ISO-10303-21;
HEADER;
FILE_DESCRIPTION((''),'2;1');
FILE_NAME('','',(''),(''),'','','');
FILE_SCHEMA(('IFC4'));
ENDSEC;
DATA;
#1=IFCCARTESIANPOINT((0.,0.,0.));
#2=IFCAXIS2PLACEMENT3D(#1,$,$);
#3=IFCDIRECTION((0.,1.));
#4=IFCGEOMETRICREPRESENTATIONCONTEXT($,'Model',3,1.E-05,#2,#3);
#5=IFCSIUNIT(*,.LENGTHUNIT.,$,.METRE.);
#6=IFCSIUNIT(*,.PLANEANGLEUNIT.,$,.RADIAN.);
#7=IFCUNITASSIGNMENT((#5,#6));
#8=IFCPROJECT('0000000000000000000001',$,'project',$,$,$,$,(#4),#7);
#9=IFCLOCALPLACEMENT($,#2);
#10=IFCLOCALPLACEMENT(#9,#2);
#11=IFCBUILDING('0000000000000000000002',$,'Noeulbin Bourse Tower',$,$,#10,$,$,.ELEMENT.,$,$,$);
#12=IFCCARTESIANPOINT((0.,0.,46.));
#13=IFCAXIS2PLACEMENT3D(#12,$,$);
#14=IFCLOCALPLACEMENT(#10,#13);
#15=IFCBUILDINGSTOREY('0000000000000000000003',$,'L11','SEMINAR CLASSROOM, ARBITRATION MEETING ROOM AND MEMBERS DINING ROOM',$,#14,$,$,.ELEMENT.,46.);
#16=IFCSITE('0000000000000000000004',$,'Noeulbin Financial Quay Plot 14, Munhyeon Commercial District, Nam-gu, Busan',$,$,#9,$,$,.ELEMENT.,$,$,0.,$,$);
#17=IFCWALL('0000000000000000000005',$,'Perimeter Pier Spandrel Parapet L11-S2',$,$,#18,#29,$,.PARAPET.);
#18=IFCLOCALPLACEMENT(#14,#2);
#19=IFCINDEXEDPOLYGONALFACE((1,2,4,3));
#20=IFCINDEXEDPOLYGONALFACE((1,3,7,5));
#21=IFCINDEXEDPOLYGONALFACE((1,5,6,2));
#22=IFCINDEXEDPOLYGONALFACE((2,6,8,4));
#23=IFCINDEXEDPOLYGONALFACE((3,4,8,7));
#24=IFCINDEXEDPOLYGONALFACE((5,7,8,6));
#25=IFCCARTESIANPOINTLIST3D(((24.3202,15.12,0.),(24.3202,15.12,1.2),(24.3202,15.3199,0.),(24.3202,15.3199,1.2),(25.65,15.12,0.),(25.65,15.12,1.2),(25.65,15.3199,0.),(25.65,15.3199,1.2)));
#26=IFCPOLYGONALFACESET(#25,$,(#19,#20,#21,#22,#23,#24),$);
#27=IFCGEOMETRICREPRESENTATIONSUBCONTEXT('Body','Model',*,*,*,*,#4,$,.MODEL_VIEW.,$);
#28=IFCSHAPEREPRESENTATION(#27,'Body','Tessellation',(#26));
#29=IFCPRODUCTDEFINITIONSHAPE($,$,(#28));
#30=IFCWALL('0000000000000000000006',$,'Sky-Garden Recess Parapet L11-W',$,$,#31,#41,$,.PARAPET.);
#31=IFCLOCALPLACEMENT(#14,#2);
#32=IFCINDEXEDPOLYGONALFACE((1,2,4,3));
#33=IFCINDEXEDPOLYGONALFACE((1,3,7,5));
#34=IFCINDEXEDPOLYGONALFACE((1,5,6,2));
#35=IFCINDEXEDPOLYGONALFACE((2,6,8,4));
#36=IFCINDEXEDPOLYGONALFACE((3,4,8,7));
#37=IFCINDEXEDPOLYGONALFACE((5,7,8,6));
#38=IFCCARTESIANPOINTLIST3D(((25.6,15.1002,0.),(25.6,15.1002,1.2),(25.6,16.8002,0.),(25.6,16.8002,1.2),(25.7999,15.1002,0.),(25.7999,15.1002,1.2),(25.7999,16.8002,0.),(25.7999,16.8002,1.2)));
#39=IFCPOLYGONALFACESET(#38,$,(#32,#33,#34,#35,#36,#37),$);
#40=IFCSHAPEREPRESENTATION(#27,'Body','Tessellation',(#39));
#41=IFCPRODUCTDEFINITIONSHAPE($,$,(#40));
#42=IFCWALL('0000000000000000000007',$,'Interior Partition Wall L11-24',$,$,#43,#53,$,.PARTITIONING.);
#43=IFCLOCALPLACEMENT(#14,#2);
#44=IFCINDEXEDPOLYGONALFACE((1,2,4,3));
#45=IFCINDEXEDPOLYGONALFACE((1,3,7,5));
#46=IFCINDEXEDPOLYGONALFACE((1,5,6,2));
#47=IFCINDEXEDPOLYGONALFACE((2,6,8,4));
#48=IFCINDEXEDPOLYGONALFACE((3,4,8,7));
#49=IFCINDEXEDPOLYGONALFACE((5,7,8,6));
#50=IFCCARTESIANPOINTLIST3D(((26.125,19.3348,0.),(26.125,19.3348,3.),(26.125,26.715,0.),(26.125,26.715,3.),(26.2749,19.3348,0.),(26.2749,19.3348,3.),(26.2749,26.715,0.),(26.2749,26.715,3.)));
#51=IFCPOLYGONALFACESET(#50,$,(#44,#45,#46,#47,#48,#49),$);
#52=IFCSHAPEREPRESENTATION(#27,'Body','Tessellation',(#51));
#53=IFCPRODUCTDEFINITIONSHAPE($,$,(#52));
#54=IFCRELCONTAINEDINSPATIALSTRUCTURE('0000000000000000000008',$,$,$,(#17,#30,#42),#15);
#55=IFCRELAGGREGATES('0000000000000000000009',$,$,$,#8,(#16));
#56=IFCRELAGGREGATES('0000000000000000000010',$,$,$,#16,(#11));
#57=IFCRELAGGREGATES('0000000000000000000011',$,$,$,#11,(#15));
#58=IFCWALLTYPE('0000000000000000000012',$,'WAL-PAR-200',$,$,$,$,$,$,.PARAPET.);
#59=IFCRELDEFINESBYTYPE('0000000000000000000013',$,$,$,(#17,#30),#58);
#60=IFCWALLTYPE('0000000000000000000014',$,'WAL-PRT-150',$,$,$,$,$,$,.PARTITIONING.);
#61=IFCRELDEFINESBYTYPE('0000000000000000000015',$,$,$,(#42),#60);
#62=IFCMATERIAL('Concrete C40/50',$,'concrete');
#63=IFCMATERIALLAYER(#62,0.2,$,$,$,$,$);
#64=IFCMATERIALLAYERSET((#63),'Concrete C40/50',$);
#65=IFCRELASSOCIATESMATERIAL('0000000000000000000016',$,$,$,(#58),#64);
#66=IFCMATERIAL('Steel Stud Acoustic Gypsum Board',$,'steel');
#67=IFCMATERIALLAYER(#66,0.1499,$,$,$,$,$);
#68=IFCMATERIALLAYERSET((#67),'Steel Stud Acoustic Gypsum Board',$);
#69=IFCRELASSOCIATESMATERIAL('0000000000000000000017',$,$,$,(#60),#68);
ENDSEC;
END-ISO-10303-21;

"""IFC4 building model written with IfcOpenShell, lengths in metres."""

from ifc_helpers import new_model, si_unit, direction, frame, frame_2d, origin, place, context, subcontext, project, spatial, rectangle, extrude, material, layer, layer_set, type_object, element, save


model = new_model("IFC4")

# Units and contexts
model_context = context("Model", 3, precision=1e-05, world=origin(), true_north=direction((0.0, 1.0)))
body_context = subcontext(model_context, "Body", "Model", "MODEL_VIEW")
ifc_project = project(units=[si_unit("LENGTHUNIT", "METRE"), si_unit("PLANEANGLEUNIT", "RADIAN")], contexts=[model_context])

# Site, building, storey
site_placement = place(None, origin())
site = spatial("IfcSite", under=ifc_project, at=site_placement, Name="Noeulbin Financial Quay Plot 14, Munhyeon Commercial District, Nam-gu, Busan", CompositionType="ELEMENT", RefElevation=0.0)
building_placement = place(site_placement, origin())
building = spatial("IfcBuilding", under=site, at=building_placement, Name="Noeulbin Bourse Tower", CompositionType="ELEMENT")
storey_placement = place(building_placement, frame((0.0, 0.0, 46.0)))
storey = spatial("IfcBuildingStorey", under=building, at=storey_placement, Name="L11", Description="SEMINAR CLASSROOM, ARBITRATION MEETING ROOM AND MEMBERS DINING ROOM", CompositionType="ELEMENT", Elevation=46.0)

# Walls
ifc_material_1 = material(Name="Concrete C40/50", Category="concrete")
ifc_layer_1 = layer(ifc_material_1, 0.2)
ifc_layer_set_1 = layer_set([ifc_layer_1], Name="Concrete C40/50")
wall_type_1 = type_object("IfcWallType", Name="WAL-PAR-200", PredefinedType="PARAPET", material=ifc_layer_set_1)
wall_1_placement = place(storey_placement, frame((24.3201, 15.22, 0.0), z_axis=(0.0, 0.0, 1.0), x_axis=(1.0, 0.0, 0.0)))
element("IfcWall", 1, at=wall_1_placement, inside=storey, type_object=wall_type_1, Name="Perimeter Pier Spandrel Parapet L11-S2", PredefinedType="PARAPET", context=body_context, shape_type="SweptSolid", body=[
    extrude(rectangle(XDim=1.3298, YDim=0.2, at=frame_2d((0.665, 0.0))), origin(), (0.0, 0.0, 1.0), 1.2),
])
wall_2_placement = place(storey_placement, frame((25.7, 15.1001, 0.0), z_axis=(0.0, 0.0, 1.0), x_axis=(0.0, 1.0, 0.0)))
element("IfcWall", 2, at=wall_2_placement, inside=storey, type_object=wall_type_1, Name="Sky-Garden Recess Parapet L11-W", PredefinedType="PARAPET", context=body_context, shape_type="SweptSolid", body=[
    extrude(rectangle(XDim=1.7, YDim=0.2, at=frame_2d((0.8501, 0.0))), origin(), (0.0, 0.0, 1.0), 1.2),
])
ifc_material_2 = material(Name="Steel Stud Acoustic Gypsum Board", Category="steel")
ifc_layer_2 = layer(ifc_material_2, 0.1499)
ifc_layer_set_2 = layer_set([ifc_layer_2], Name="Steel Stud Acoustic Gypsum Board")
wall_type_2 = type_object("IfcWallType", Name="WAL-PRT-150", PredefinedType="PARTITIONING", material=ifc_layer_set_2)
wall_3_placement = place(storey_placement, frame((26.2, 19.335, 0.0), z_axis=(0.0, 0.0, 1.0), x_axis=(0.0, 1.0, 0.0)))
element("IfcWall", 3, at=wall_3_placement, inside=storey, type_object=wall_type_2, Name="Interior Partition Wall L11-24", PredefinedType="PARTITIONING", context=body_context, shape_type="SweptSolid", body=[
    extrude(rectangle(XDim=7.3801, YDim=0.1499, at=frame_2d((3.6899, 0.0))), origin(), (0.0, 0.0, 1.0), 3.0),
])

save(model, "model.ifc")
